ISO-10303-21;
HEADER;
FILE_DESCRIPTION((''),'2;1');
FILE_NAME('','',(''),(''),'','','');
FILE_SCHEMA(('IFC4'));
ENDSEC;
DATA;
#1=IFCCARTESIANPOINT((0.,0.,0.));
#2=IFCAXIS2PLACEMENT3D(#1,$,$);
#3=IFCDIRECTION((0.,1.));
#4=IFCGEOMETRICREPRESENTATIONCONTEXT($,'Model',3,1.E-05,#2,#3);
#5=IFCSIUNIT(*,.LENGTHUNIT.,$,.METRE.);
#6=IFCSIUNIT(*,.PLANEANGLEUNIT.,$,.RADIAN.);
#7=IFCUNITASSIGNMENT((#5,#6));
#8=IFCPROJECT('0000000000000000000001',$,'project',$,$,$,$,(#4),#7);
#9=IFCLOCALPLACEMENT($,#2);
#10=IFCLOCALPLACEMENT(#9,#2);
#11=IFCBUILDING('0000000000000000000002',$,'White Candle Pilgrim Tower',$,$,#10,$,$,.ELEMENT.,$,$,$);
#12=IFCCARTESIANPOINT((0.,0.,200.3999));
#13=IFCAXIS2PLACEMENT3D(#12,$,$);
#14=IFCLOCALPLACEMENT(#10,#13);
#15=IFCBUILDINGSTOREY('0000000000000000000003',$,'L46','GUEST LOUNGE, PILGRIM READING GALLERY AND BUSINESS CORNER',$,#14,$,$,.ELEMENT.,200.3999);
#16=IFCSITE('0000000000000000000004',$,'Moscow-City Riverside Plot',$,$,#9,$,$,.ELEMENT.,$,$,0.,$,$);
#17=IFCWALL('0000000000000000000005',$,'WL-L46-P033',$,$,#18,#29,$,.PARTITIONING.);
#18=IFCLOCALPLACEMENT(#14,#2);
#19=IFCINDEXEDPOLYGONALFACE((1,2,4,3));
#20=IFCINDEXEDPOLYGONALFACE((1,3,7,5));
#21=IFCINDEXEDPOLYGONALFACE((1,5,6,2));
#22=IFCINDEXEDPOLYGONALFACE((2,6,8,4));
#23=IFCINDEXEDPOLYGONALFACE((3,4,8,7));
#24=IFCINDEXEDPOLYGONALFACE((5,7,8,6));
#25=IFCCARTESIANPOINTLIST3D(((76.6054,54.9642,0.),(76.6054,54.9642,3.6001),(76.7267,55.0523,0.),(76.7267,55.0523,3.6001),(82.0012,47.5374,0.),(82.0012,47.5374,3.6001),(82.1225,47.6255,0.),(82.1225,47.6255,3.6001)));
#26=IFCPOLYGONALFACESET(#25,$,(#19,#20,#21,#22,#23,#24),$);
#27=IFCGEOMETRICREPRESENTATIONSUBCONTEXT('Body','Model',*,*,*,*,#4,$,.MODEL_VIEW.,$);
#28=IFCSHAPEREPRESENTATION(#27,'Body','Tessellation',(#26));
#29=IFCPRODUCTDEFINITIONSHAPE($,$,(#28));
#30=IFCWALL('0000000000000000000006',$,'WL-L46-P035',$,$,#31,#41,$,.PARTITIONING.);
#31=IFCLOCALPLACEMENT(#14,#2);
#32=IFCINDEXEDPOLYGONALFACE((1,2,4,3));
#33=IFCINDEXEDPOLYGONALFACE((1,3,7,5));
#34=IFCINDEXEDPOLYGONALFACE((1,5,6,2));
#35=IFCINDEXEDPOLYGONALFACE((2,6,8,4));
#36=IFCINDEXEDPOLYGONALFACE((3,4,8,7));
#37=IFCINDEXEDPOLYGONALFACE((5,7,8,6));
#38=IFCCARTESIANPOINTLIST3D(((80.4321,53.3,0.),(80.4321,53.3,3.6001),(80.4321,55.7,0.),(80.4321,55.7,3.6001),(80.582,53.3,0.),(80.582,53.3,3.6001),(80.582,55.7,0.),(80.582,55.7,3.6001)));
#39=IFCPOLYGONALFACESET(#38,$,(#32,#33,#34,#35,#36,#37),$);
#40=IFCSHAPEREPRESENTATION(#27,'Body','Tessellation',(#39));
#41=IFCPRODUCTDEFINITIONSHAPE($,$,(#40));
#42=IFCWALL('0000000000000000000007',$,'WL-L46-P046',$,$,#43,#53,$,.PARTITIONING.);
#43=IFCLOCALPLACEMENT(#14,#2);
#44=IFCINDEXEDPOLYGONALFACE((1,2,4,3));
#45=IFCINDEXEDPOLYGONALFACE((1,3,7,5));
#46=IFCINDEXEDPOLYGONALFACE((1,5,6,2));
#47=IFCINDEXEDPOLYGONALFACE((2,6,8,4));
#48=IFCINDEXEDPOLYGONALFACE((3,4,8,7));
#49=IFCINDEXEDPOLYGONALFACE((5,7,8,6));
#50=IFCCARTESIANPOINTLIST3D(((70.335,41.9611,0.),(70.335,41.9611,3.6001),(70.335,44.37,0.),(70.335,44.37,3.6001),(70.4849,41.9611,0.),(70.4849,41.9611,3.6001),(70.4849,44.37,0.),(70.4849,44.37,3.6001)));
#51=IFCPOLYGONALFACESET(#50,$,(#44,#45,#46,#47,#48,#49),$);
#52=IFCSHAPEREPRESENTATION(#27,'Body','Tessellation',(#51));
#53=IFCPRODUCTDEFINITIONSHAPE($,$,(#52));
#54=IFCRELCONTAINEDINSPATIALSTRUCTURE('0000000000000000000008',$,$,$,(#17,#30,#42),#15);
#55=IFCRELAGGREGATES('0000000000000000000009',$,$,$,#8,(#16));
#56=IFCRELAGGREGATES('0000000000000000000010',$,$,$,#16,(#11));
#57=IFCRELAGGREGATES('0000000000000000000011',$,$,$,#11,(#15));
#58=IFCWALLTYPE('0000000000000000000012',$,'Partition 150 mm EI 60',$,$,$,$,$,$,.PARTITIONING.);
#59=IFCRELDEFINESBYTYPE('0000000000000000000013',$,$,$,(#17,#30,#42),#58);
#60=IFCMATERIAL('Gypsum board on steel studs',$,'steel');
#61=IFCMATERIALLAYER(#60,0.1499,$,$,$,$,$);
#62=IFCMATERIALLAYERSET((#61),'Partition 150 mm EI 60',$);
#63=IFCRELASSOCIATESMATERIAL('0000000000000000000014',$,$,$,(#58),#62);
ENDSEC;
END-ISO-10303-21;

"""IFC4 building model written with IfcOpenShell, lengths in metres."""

from ifc_helpers import new_model, si_unit, direction, frame, frame_2d, origin, place, context, subcontext, project, spatial, rectangle, extrude, material, layer, layer_set, type_object, element, save


model = new_model("IFC4")

# Units and contexts
model_context = context("Model", 3, precision=1e-05, world=origin(), true_north=direction((0.0, 1.0)))
body_context = subcontext(model_context, "Body", "Model", "MODEL_VIEW")
ifc_project = project(units=[si_unit("LENGTHUNIT", "METRE"), si_unit("PLANEANGLEUNIT", "RADIAN")], contexts=[model_context])

# Site, building, storey
site_placement = place(None, origin())
site = spatial("IfcSite", under=ifc_project, at=site_placement, Name="Moscow-City Riverside Plot", CompositionType="ELEMENT", RefElevation=0.0)
building_placement = place(site_placement, origin())
building = spatial("IfcBuilding", under=site, at=building_placement, Name="White Candle Pilgrim Tower", CompositionType="ELEMENT")
storey_placement = place(building_placement, frame((0.0, 0.0, 200.3999)))
storey = spatial("IfcBuildingStorey", under=building, at=storey_placement, Name="L46", Description="GUEST LOUNGE, PILGRIM READING GALLERY AND BUSINESS CORNER", CompositionType="ELEMENT", Elevation=200.3999)

# Shared definitions
ifc_material_1 = material(Name="Gypsum board on steel studs", Category="steel")

# Walls
ifc_layer_1 = layer(ifc_material_1, 0.1499)
ifc_layer_set_1 = layer_set([ifc_layer_1], Name="Partition 150 mm EI 60")
wall_type_1 = type_object("IfcWallType", Name="Partition 150 mm EI 60", PredefinedType="PARTITIONING", material=ifc_layer_set_1)
wall_1_placement = place(storey_placement, frame((82.0618, 47.5815, 0.0), z_axis=(0.0, 0.0, 1.0), x_axis=(-0.587778, 0.809022, 0.0)))
element("IfcWall", 1, at=wall_1_placement, inside=storey, type_object=wall_type_1, Name="WL-L46-P033", PredefinedType="PARTITIONING", context=body_context, shape_type="SweptSolid", body=[
    extrude(rectangle(XDim=9.1799, YDim=0.1499, at=frame_2d((4.5898, 0.0))), origin(), (0.0, 0.0, 1.0), 3.6001),
])
wall_2_placement = place(storey_placement, frame((80.5071, 55.7, 0.0), z_axis=(0.0, 0.0, 1.0), x_axis=(0.0, -1.0, 0.0)))
element("IfcWall", 2, at=wall_2_placement, inside=storey, type_object=wall_type_1, Name="WL-L46-P035", PredefinedType="PARTITIONING", context=body_context, shape_type="SweptSolid", body=[
    extrude(rectangle(XDim=2.3999, YDim=0.1499, at=frame_2d((1.2, 0.0))), origin(), (0.0, 0.0, 1.0), 3.6001),
])
wall_3_placement = place(storey_placement, frame((70.4099, 44.3701, 0.0), z_axis=(0.0, 0.0, 1.0), x_axis=(0.0, -1.0, 0.0)))
element("IfcWall", 3, at=wall_3_placement, inside=storey, type_object=wall_type_1, Name="WL-L46-P046", PredefinedType="PARTITIONING", context=body_context, shape_type="SweptSolid", body=[
    extrude(rectangle(XDim=2.4089, YDim=0.1499, at=frame_2d((1.2046, 0.0))), origin(), (0.0, 0.0, 1.0), 3.6001),
])

save(model, "model.ifc")
